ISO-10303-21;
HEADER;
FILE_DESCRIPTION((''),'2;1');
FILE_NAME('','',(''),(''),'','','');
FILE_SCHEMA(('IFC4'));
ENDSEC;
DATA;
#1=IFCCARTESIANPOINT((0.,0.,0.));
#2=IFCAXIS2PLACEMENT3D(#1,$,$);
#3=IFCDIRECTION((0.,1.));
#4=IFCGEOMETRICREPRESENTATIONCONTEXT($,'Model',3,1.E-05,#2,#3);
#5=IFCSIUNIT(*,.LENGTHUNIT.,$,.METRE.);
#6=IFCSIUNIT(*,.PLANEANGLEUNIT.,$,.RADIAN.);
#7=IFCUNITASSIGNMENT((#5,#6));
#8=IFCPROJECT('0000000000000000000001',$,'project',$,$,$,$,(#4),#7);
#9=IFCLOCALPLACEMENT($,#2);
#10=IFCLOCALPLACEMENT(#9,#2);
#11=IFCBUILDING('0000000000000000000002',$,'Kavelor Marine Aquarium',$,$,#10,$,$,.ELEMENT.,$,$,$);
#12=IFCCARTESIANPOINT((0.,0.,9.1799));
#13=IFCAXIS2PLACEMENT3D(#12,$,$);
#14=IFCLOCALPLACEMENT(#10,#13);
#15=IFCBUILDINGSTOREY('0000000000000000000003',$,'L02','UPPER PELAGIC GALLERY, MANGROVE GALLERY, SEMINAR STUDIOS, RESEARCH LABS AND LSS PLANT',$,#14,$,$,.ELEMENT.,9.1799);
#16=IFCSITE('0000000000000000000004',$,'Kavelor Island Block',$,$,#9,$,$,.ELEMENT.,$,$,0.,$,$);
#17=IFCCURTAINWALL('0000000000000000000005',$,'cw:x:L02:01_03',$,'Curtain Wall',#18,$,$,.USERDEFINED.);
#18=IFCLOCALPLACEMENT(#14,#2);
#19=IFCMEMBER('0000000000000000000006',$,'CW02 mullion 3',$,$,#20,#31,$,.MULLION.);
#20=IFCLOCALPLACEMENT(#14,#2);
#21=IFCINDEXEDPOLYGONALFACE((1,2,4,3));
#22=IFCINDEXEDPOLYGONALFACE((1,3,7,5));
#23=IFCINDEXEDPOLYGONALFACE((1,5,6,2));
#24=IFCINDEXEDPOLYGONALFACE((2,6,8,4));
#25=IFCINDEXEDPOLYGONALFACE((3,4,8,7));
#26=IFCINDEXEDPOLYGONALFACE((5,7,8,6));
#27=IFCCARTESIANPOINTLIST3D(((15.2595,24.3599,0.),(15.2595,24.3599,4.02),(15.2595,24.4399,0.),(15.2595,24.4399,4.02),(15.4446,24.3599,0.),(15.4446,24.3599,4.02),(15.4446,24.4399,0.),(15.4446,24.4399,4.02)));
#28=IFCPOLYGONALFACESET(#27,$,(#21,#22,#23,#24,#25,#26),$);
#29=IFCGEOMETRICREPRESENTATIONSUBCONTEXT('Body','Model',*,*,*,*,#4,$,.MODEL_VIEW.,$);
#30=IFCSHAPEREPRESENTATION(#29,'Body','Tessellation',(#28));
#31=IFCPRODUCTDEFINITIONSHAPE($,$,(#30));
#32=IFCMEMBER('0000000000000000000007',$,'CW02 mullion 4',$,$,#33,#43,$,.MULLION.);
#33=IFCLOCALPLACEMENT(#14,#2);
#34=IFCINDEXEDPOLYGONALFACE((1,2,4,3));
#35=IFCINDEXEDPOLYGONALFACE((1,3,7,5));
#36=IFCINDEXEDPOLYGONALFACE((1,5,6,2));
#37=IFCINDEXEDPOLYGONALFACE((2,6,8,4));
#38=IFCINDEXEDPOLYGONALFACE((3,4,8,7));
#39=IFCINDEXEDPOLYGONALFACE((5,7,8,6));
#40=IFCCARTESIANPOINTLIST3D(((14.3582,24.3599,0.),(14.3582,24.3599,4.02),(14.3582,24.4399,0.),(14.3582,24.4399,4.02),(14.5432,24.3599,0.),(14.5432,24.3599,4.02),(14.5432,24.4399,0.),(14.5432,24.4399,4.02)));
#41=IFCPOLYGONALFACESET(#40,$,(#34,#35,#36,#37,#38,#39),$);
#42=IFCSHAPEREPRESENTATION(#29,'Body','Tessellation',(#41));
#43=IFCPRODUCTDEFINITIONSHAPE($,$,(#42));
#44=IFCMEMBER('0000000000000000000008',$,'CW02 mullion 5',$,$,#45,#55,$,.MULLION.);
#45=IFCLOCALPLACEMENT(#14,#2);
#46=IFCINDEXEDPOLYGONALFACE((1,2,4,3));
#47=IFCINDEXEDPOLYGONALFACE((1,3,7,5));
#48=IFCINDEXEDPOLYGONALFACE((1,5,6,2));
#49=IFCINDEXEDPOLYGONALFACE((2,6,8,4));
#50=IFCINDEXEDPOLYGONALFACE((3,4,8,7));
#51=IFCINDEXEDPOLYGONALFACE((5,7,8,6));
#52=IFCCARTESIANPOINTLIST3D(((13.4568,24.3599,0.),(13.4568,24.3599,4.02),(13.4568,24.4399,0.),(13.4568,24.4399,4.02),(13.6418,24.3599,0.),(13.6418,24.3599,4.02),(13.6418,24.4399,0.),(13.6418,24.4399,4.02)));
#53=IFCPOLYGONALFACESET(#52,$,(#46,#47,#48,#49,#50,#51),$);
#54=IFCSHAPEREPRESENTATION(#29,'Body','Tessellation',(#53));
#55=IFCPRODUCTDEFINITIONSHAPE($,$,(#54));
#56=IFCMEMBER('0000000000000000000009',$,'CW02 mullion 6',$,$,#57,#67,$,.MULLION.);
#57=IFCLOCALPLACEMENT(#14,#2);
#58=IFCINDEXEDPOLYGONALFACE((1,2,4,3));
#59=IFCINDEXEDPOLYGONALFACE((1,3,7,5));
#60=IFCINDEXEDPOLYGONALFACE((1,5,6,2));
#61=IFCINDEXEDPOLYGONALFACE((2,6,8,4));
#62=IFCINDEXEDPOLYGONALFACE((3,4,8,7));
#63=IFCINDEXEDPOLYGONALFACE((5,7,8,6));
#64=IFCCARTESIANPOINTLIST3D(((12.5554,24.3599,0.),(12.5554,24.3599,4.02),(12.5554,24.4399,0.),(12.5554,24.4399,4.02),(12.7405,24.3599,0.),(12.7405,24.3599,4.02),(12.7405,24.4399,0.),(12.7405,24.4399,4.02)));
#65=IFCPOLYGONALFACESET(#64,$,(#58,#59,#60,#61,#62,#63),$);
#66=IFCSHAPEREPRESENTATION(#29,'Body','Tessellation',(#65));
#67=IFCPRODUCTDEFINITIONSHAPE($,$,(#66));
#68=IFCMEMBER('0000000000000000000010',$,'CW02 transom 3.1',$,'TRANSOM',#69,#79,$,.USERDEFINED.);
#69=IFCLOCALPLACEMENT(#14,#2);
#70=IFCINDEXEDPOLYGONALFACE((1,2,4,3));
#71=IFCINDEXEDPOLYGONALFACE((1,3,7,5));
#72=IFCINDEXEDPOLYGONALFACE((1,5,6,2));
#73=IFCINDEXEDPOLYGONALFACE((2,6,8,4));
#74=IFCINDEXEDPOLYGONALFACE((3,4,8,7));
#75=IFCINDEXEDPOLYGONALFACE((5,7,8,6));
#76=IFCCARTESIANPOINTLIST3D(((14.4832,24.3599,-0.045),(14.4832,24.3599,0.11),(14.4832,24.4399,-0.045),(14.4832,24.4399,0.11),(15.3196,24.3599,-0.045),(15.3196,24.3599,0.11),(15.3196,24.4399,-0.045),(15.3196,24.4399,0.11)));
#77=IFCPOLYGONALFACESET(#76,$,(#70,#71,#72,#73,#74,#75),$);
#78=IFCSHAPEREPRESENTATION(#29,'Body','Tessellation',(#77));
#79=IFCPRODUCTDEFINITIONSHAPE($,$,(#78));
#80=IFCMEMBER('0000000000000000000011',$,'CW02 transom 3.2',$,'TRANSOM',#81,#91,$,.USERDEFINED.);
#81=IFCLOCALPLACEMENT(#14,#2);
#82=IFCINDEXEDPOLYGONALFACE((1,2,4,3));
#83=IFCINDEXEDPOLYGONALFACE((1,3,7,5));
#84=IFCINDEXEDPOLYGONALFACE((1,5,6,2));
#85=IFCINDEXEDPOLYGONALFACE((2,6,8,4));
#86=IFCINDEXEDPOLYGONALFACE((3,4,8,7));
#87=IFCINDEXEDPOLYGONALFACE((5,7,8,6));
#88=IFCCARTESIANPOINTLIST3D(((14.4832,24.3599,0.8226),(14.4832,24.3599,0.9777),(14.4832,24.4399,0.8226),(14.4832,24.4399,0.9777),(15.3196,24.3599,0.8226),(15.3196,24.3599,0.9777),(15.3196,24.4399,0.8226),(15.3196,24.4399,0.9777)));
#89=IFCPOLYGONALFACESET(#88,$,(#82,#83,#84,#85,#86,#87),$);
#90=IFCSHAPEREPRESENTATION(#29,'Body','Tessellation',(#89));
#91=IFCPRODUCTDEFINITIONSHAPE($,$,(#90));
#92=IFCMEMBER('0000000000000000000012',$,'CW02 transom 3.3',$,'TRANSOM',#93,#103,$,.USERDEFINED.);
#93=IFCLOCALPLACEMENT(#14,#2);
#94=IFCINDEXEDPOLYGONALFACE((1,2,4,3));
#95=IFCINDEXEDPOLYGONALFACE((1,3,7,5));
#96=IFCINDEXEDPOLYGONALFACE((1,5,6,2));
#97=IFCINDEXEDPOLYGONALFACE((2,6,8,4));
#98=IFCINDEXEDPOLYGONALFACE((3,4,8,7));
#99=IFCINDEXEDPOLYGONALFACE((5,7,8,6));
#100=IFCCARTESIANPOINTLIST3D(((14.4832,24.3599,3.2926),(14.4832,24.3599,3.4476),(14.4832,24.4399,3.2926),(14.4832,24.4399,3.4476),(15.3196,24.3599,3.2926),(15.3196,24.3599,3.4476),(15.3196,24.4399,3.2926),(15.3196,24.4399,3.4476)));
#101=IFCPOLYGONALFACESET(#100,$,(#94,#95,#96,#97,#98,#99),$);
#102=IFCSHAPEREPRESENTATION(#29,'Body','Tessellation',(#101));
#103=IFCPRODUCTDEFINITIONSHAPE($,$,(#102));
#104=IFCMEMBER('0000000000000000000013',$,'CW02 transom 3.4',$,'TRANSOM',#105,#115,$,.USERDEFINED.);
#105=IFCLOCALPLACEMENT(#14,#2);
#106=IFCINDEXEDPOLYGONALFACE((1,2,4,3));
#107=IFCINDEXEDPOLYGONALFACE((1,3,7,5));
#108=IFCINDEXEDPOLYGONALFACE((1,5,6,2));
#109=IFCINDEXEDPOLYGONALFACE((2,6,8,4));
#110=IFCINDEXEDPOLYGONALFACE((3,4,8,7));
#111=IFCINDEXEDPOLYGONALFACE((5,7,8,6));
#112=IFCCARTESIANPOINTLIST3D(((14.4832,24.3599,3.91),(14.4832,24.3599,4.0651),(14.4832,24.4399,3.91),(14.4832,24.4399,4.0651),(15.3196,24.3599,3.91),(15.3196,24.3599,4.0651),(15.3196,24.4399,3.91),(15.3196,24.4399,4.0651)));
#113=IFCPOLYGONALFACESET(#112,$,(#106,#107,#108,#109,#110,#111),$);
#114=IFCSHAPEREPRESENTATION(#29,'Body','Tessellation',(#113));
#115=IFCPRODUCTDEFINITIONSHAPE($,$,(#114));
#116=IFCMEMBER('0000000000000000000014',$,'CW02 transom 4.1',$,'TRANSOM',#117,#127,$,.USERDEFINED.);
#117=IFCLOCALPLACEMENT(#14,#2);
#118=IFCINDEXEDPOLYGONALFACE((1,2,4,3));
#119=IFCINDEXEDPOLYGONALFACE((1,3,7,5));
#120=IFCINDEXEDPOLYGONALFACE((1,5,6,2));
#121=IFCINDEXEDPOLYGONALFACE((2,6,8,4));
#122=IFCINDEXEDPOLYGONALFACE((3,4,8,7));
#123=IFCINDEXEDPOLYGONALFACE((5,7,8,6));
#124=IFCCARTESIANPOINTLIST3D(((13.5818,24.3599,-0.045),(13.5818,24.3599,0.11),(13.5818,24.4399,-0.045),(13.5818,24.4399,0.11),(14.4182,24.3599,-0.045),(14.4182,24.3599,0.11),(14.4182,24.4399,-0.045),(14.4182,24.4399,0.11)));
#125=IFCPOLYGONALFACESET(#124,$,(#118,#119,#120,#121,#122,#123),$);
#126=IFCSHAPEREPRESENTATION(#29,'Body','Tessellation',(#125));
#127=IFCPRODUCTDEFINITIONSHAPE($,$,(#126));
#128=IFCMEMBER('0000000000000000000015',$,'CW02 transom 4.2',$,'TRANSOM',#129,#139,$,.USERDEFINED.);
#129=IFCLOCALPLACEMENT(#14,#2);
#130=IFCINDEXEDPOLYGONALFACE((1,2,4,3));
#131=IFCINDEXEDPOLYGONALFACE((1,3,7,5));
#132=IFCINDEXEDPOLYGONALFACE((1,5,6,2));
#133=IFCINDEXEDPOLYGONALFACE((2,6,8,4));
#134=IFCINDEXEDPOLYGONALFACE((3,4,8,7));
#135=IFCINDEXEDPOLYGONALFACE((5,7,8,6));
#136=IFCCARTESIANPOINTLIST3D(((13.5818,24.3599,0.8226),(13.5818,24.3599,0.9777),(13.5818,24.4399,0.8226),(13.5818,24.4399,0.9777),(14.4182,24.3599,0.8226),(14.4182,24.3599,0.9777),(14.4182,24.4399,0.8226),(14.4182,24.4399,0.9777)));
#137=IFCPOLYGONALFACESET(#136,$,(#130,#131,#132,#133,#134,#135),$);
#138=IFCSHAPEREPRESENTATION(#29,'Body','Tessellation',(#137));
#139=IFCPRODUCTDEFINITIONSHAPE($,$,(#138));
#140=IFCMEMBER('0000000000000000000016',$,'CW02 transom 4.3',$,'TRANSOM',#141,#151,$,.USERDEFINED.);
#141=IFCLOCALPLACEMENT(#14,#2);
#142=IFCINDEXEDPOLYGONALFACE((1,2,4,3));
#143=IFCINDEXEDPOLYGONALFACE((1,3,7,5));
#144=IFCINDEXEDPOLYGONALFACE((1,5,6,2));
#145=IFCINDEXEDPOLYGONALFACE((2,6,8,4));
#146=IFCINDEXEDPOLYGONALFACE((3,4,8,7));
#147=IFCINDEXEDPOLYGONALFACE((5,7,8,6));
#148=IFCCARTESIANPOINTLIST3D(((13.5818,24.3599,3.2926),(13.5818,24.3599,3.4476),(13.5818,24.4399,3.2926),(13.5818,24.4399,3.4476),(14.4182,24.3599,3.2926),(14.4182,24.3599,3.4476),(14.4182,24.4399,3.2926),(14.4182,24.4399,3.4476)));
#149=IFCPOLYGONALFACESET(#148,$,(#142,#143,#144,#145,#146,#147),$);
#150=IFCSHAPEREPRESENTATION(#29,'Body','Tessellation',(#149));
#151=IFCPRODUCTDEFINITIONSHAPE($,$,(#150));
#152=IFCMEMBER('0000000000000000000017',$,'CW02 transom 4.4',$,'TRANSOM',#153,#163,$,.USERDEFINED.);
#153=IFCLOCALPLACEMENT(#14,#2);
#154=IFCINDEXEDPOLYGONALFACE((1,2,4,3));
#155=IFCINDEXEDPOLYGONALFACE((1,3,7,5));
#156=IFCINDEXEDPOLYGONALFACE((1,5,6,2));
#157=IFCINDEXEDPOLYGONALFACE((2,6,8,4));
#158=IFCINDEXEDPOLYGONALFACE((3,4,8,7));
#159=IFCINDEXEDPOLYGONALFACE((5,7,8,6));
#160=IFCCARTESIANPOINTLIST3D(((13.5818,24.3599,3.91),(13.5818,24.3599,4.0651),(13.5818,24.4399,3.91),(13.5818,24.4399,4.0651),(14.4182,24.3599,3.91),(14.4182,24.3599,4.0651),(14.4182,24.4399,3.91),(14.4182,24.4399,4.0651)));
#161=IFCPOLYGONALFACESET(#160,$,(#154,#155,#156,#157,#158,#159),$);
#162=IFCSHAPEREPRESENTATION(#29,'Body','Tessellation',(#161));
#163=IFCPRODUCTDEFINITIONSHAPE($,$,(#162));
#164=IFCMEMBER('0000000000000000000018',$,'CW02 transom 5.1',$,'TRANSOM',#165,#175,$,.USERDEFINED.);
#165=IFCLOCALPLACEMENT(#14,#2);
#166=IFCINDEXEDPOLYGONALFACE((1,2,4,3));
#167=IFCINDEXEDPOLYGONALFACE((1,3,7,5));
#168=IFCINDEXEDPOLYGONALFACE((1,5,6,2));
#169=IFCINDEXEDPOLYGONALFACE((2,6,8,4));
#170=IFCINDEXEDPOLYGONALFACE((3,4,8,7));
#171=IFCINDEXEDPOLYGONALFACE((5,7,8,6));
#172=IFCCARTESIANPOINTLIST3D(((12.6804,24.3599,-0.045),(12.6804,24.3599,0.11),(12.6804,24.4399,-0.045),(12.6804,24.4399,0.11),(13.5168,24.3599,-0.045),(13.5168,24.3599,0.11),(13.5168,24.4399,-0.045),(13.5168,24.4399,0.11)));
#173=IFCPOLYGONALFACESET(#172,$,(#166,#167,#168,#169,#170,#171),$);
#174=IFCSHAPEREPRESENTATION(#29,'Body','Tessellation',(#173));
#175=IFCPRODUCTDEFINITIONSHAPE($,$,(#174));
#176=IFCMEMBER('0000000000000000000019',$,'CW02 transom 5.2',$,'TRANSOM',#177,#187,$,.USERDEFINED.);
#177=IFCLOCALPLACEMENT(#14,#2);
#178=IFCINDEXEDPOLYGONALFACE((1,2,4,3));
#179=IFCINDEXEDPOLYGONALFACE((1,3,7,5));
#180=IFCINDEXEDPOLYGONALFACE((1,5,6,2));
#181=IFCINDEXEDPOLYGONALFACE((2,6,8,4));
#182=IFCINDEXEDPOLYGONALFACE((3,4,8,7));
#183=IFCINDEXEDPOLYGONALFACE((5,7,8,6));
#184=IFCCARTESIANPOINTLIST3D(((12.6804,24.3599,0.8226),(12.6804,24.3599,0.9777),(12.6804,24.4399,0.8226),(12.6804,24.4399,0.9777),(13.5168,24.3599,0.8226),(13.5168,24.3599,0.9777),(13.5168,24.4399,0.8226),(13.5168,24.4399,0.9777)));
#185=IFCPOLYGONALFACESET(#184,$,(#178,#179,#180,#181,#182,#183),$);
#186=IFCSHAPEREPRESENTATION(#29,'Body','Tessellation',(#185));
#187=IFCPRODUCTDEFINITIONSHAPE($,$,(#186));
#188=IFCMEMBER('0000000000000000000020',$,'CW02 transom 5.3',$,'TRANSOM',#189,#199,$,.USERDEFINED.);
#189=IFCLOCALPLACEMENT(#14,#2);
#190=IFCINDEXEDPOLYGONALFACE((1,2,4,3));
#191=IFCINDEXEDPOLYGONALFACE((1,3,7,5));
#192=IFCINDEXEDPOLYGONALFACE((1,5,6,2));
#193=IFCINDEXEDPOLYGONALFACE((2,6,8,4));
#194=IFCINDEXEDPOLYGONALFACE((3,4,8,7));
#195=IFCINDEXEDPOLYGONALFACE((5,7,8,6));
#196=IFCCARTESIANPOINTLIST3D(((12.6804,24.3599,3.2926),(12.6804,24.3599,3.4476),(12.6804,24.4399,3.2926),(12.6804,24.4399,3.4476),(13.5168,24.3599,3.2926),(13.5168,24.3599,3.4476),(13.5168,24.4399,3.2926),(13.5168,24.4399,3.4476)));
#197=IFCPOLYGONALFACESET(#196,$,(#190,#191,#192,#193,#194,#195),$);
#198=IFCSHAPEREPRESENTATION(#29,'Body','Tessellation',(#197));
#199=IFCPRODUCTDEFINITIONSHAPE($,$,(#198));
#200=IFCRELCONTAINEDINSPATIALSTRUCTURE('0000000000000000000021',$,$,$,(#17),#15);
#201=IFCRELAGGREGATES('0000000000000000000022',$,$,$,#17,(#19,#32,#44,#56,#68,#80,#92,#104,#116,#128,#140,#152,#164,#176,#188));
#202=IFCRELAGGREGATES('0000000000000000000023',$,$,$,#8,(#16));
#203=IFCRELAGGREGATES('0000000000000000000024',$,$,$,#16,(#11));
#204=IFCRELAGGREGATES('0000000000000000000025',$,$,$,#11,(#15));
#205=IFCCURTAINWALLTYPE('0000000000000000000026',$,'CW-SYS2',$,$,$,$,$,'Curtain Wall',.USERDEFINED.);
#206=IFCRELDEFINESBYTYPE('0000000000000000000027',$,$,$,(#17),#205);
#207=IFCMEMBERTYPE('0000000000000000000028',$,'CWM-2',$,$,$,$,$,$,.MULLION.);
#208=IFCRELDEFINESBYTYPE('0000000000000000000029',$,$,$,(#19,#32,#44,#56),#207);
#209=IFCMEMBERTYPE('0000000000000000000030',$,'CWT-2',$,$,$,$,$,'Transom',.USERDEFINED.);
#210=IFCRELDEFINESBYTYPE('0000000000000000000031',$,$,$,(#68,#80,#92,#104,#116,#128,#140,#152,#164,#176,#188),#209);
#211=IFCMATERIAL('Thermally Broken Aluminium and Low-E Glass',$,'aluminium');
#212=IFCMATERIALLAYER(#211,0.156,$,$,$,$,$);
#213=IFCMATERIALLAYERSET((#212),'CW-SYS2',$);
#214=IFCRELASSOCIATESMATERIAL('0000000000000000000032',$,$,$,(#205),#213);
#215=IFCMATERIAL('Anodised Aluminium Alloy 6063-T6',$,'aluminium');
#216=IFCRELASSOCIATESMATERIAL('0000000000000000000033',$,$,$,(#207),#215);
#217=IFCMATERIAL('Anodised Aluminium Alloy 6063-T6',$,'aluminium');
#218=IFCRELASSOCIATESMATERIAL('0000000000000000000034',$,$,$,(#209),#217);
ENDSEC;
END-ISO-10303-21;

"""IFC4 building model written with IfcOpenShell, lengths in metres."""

from ifc_helpers import new_model, si_unit, direction, frame, origin, origin_2d, place, context, subcontext, project, spatial, rectangle, extrude, material, layer, layer_set, material_profile, profile_set, type_object, element, aggregate, save


model = new_model("IFC4")

# Units and contexts
model_context = context("Model", 3, precision=1e-05, world=origin(), true_north=direction((0.0, 1.0)))
body_context = subcontext(model_context, "Body", "Model", "MODEL_VIEW")
ifc_project = project(units=[si_unit("LENGTHUNIT", "METRE"), si_unit("PLANEANGLEUNIT", "RADIAN")], contexts=[model_context])

# Site, building, storey
site_placement = place(None, origin())
site = spatial("IfcSite", under=ifc_project, at=site_placement, Name="Kavelor Island Block", CompositionType="ELEMENT", RefElevation=0.0)
building_placement = place(site_placement, origin())
building = spatial("IfcBuilding", under=site, at=building_placement, Name="Kavelor Marine Aquarium", CompositionType="ELEMENT")
storey_placement = place(building_placement, frame((0.0, 0.0, 9.1799)))
storey = spatial("IfcBuildingStorey", under=building, at=storey_placement, Name="L02", Description="UPPER PELAGIC GALLERY, MANGROVE GALLERY, SEMINAR STUDIOS, RESEARCH LABS AND LSS PLANT", CompositionType="ELEMENT", Elevation=9.1799)

# Curtain wall, members
ifc_material_1 = material(Name="Thermally Broken Aluminium and Low-E Glass", Category="aluminium")
ifc_layer_1 = layer(ifc_material_1, 0.156)
ifc_layer_set_1 = layer_set([ifc_layer_1], Name="CW-SYS2")
curtain_wall_type = type_object("IfcCurtainWallType", Name="CW-SYS2", ElementType="Curtain Wall", PredefinedType="USERDEFINED", material=ifc_layer_set_1)
curtain_wall_placement = place(storey_placement, origin())
curtain_wall = element("IfcCurtainWall", 1, at=curtain_wall_placement, inside=storey, type_object=curtain_wall_type, Name="cw:x:L02:01_03", ObjectType="Curtain Wall", PredefinedType="USERDEFINED")
ifc_material_2 = material(Name="Anodised Aluminium Alloy 6063-T6", Category="aluminium")
ifc_material_profile_1 = material_profile(ifc_material_2, rectangle(XDim=0.0801, YDim=0.1851, at=origin_2d()), Name="CW-MUL 80x185")
ifc_profile_set_1 = profile_set([ifc_material_profile_1], Name="Anodised Aluminium Alloy 6063-T6")
member_type_1 = type_object("IfcMemberType", Name="CWM-2", PredefinedType="MULLION", material=ifc_profile_set_1)
member_1_placement = place(storey_placement, frame((15.3521, 24.3999, 0.0), z_axis=(0.0, 0.0, 1.0), x_axis=(0.0, -1.0, 0.0)))
member_1 = element("IfcMember", 2, at=member_1_placement, type_object=member_type_1, Name="CW02 mullion 3", PredefinedType="MULLION", context=body_context, shape_type="SweptSolid", body=[
    extrude(rectangle(XDim=0.0801, YDim=0.1851, at=origin_2d()), origin(), (0.0, 0.0, 1.0), 4.02),
])
member_2_placement = place(storey_placement, frame((14.4507, 24.3999, 0.0), z_axis=(0.0, 0.0, 1.0), x_axis=(0.0, -1.0, 0.0)))
member_2 = element("IfcMember", 3, at=member_2_placement, type_object=member_type_1, Name="CW02 mullion 4", PredefinedType="MULLION", context=body_context, shape_type="SweptSolid", body=[
    extrude(rectangle(XDim=0.0801, YDim=0.1851, at=origin_2d()), origin(), (0.0, 0.0, 1.0), 4.02),
])
member_3_placement = place(storey_placement, frame((13.5493, 24.3999, 0.0), z_axis=(0.0, 0.0, 1.0), x_axis=(0.0, -1.0, 0.0)))
member_3 = element("IfcMember", 4, at=member_3_placement, type_object=member_type_1, Name="CW02 mullion 5", PredefinedType="MULLION", context=body_context, shape_type="SweptSolid", body=[
    extrude(rectangle(XDim=0.0801, YDim=0.1851, at=origin_2d()), origin(), (0.0, 0.0, 1.0), 4.02),
])
member_4_placement = place(storey_placement, frame((12.6479, 24.3999, 0.0), z_axis=(0.0, 0.0, 1.0), x_axis=(0.0, -1.0, 0.0)))
member_4 = element("IfcMember", 5, at=member_4_placement, type_object=member_type_1, Name="CW02 mullion 6", PredefinedType="MULLION", context=body_context, shape_type="SweptSolid", body=[
    extrude(rectangle(XDim=0.0801, YDim=0.1851, at=origin_2d()), origin(), (0.0, 0.0, 1.0), 4.02),
])
ifc_material_3 = material(Name="Anodised Aluminium Alloy 6063-T6", Category="aluminium")
ifc_material_profile_2 = material_profile(ifc_material_3, rectangle(XDim=0.0801, YDim=0.155, at=origin_2d()), Name="CW-TRN 80x155")
ifc_profile_set_2 = profile_set([ifc_material_profile_2], Name="Anodised Aluminium Alloy 6063-T6")
member_type_2 = type_object("IfcMemberType", Name="CWT-2", ElementType="Transom", PredefinedType="USERDEFINED", material=ifc_profile_set_2)
member_5_placement = place(storey_placement, frame((15.3196, 24.3999, 0.0325), z_axis=(-1.0, 0.0, 0.0), x_axis=(0.0, -1.0, 0.0)))
member_5 = element("IfcMember", 6, at=member_5_placement, type_object=member_type_2, Name="CW02 transom 3.1", ObjectType="TRANSOM", PredefinedType="USERDEFINED", context=body_context, shape_type="SweptSolid", body=[
    extrude(rectangle(XDim=0.0801, YDim=0.155, at=origin_2d()), origin(), (0.0, 0.0, 1.0), 0.8364),
])
member_6_placement = place(storey_placement, frame((15.3196, 24.3999, 0.9001), z_axis=(-1.0, 0.0, 0.0), x_axis=(0.0, -1.0, 0.0)))
member_6 = element("IfcMember", 7, at=member_6_placement, type_object=member_type_2, Name="CW02 transom 3.2", ObjectType="TRANSOM", PredefinedType="USERDEFINED", context=body_context, shape_type="SweptSolid", body=[
    extrude(rectangle(XDim=0.0801, YDim=0.155, at=origin_2d()), origin(), (0.0, 0.0, 1.0), 0.8364),
])
member_7_placement = place(storey_placement, frame((15.3196, 24.3999, 3.3701), z_axis=(-1.0, 0.0, 0.0), x_axis=(0.0, -1.0, 0.0)))
member_7 = element("IfcMember", 8, at=member_7_placement, type_object=member_type_2, Name="CW02 transom 3.3", ObjectType="TRANSOM", PredefinedType="USERDEFINED", context=body_context, shape_type="SweptSolid", body=[
    extrude(rectangle(XDim=0.0801, YDim=0.155, at=origin_2d()), origin(), (0.0, 0.0, 1.0), 0.8364),
])
member_8_placement = place(storey_placement, frame((15.3196, 24.3999, 3.9875), z_axis=(-1.0, 0.0, 0.0), x_axis=(0.0, -1.0, 0.0)))
member_8 = element("IfcMember", 9, at=member_8_placement, type_object=member_type_2, Name="CW02 transom 3.4", ObjectType="TRANSOM", PredefinedType="USERDEFINED", context=body_context, shape_type="SweptSolid", body=[
    extrude(rectangle(XDim=0.0801, YDim=0.155, at=origin_2d()), origin(), (0.0, 0.0, 1.0), 0.8364),
])
member_9_placement = place(storey_placement, frame((14.4182, 24.3999, 0.0325), z_axis=(-1.0, 0.0, 0.0), x_axis=(0.0, -1.0, 0.0)))
member_9 = element("IfcMember", 10, at=member_9_placement, type_object=member_type_2, Name="CW02 transom 4.1", ObjectType="TRANSOM", PredefinedType="USERDEFINED", context=body_context, shape_type="SweptSolid", body=[
    extrude(rectangle(XDim=0.0801, YDim=0.155, at=origin_2d()), origin(), (0.0, 0.0, 1.0), 0.8364),
])
member_10_placement = place(storey_placement, frame((14.4182, 24.3999, 0.9001), z_axis=(-1.0, 0.0, 0.0), x_axis=(0.0, -1.0, 0.0)))
member_10 = element("IfcMember", 11, at=member_10_placement, type_object=member_type_2, Name="CW02 transom 4.2", ObjectType="TRANSOM", PredefinedType="USERDEFINED", context=body_context, shape_type="SweptSolid", body=[
    extrude(rectangle(XDim=0.0801, YDim=0.155, at=origin_2d()), origin(), (0.0, 0.0, 1.0), 0.8364),
])
member_11_placement = place(storey_placement, frame((14.4182, 24.3999, 3.3701), z_axis=(-1.0, 0.0, 0.0), x_axis=(0.0, -1.0, 0.0)))
member_11 = element("IfcMember", 12, at=member_11_placement, type_object=member_type_2, Name="CW02 transom 4.3", ObjectType="TRANSOM", PredefinedType="USERDEFINED", context=body_context, shape_type="SweptSolid", body=[
    extrude(rectangle(XDim=0.0801, YDim=0.155, at=origin_2d()), origin(), (0.0, 0.0, 1.0), 0.8364),
])
member_12_placement = place(storey_placement, frame((14.4182, 24.3999, 3.9875), z_axis=(-1.0, 0.0, 0.0), x_axis=(0.0, -1.0, 0.0)))
member_12 = element("IfcMember", 13, at=member_12_placement, type_object=member_type_2, Name="CW02 transom 4.4", ObjectType="TRANSOM", PredefinedType="USERDEFINED", context=body_context, shape_type="SweptSolid", body=[
    extrude(rectangle(XDim=0.0801, YDim=0.155, at=origin_2d()), origin(), (0.0, 0.0, 1.0), 0.8364),
])
member_13_placement = place(storey_placement, frame((13.5168, 24.3999, 0.0325), z_axis=(-1.0, 0.0, 0.0), x_axis=(0.0, -1.0, 0.0)))
member_13 = element("IfcMember", 14, at=member_13_placement, type_object=member_type_2, Name="CW02 transom 5.1", ObjectType="TRANSOM", PredefinedType="USERDEFINED", context=body_context, shape_type="SweptSolid", body=[
    extrude(rectangle(XDim=0.0801, YDim=0.155, at=origin_2d()), origin(), (0.0, 0.0, 1.0), 0.8364),
])
member_14_placement = place(storey_placement, frame((13.5168, 24.3999, 0.9001), z_axis=(-1.0, 0.0, 0.0), x_axis=(0.0, -1.0, 0.0)))
member_14 = element("IfcMember", 15, at=member_14_placement, type_object=member_type_2, Name="CW02 transom 5.2", ObjectType="TRANSOM", PredefinedType="USERDEFINED", context=body_context, shape_type="SweptSolid", body=[
    extrude(rectangle(XDim=0.0801, YDim=0.155, at=origin_2d()), origin(), (0.0, 0.0, 1.0), 0.8364),
])
member_15_placement = place(storey_placement, frame((13.5168, 24.3999, 3.3701), z_axis=(-1.0, 0.0, 0.0), x_axis=(0.0, -1.0, 0.0)))
member_15 = element("IfcMember", 16, at=member_15_placement, type_object=member_type_2, Name="CW02 transom 5.3", ObjectType="TRANSOM", PredefinedType="USERDEFINED", context=body_context, shape_type="SweptSolid", body=[
    extrude(rectangle(XDim=0.0801, YDim=0.155, at=origin_2d()), origin(), (0.0, 0.0, 1.0), 0.8364),
])
aggregate(curtain_wall, [member_1, member_2, member_3, member_4, member_5, member_6, member_7, member_8, member_9, member_10, member_11, member_12, member_13, member_14, member_15])

save(model, "model.ifc")
